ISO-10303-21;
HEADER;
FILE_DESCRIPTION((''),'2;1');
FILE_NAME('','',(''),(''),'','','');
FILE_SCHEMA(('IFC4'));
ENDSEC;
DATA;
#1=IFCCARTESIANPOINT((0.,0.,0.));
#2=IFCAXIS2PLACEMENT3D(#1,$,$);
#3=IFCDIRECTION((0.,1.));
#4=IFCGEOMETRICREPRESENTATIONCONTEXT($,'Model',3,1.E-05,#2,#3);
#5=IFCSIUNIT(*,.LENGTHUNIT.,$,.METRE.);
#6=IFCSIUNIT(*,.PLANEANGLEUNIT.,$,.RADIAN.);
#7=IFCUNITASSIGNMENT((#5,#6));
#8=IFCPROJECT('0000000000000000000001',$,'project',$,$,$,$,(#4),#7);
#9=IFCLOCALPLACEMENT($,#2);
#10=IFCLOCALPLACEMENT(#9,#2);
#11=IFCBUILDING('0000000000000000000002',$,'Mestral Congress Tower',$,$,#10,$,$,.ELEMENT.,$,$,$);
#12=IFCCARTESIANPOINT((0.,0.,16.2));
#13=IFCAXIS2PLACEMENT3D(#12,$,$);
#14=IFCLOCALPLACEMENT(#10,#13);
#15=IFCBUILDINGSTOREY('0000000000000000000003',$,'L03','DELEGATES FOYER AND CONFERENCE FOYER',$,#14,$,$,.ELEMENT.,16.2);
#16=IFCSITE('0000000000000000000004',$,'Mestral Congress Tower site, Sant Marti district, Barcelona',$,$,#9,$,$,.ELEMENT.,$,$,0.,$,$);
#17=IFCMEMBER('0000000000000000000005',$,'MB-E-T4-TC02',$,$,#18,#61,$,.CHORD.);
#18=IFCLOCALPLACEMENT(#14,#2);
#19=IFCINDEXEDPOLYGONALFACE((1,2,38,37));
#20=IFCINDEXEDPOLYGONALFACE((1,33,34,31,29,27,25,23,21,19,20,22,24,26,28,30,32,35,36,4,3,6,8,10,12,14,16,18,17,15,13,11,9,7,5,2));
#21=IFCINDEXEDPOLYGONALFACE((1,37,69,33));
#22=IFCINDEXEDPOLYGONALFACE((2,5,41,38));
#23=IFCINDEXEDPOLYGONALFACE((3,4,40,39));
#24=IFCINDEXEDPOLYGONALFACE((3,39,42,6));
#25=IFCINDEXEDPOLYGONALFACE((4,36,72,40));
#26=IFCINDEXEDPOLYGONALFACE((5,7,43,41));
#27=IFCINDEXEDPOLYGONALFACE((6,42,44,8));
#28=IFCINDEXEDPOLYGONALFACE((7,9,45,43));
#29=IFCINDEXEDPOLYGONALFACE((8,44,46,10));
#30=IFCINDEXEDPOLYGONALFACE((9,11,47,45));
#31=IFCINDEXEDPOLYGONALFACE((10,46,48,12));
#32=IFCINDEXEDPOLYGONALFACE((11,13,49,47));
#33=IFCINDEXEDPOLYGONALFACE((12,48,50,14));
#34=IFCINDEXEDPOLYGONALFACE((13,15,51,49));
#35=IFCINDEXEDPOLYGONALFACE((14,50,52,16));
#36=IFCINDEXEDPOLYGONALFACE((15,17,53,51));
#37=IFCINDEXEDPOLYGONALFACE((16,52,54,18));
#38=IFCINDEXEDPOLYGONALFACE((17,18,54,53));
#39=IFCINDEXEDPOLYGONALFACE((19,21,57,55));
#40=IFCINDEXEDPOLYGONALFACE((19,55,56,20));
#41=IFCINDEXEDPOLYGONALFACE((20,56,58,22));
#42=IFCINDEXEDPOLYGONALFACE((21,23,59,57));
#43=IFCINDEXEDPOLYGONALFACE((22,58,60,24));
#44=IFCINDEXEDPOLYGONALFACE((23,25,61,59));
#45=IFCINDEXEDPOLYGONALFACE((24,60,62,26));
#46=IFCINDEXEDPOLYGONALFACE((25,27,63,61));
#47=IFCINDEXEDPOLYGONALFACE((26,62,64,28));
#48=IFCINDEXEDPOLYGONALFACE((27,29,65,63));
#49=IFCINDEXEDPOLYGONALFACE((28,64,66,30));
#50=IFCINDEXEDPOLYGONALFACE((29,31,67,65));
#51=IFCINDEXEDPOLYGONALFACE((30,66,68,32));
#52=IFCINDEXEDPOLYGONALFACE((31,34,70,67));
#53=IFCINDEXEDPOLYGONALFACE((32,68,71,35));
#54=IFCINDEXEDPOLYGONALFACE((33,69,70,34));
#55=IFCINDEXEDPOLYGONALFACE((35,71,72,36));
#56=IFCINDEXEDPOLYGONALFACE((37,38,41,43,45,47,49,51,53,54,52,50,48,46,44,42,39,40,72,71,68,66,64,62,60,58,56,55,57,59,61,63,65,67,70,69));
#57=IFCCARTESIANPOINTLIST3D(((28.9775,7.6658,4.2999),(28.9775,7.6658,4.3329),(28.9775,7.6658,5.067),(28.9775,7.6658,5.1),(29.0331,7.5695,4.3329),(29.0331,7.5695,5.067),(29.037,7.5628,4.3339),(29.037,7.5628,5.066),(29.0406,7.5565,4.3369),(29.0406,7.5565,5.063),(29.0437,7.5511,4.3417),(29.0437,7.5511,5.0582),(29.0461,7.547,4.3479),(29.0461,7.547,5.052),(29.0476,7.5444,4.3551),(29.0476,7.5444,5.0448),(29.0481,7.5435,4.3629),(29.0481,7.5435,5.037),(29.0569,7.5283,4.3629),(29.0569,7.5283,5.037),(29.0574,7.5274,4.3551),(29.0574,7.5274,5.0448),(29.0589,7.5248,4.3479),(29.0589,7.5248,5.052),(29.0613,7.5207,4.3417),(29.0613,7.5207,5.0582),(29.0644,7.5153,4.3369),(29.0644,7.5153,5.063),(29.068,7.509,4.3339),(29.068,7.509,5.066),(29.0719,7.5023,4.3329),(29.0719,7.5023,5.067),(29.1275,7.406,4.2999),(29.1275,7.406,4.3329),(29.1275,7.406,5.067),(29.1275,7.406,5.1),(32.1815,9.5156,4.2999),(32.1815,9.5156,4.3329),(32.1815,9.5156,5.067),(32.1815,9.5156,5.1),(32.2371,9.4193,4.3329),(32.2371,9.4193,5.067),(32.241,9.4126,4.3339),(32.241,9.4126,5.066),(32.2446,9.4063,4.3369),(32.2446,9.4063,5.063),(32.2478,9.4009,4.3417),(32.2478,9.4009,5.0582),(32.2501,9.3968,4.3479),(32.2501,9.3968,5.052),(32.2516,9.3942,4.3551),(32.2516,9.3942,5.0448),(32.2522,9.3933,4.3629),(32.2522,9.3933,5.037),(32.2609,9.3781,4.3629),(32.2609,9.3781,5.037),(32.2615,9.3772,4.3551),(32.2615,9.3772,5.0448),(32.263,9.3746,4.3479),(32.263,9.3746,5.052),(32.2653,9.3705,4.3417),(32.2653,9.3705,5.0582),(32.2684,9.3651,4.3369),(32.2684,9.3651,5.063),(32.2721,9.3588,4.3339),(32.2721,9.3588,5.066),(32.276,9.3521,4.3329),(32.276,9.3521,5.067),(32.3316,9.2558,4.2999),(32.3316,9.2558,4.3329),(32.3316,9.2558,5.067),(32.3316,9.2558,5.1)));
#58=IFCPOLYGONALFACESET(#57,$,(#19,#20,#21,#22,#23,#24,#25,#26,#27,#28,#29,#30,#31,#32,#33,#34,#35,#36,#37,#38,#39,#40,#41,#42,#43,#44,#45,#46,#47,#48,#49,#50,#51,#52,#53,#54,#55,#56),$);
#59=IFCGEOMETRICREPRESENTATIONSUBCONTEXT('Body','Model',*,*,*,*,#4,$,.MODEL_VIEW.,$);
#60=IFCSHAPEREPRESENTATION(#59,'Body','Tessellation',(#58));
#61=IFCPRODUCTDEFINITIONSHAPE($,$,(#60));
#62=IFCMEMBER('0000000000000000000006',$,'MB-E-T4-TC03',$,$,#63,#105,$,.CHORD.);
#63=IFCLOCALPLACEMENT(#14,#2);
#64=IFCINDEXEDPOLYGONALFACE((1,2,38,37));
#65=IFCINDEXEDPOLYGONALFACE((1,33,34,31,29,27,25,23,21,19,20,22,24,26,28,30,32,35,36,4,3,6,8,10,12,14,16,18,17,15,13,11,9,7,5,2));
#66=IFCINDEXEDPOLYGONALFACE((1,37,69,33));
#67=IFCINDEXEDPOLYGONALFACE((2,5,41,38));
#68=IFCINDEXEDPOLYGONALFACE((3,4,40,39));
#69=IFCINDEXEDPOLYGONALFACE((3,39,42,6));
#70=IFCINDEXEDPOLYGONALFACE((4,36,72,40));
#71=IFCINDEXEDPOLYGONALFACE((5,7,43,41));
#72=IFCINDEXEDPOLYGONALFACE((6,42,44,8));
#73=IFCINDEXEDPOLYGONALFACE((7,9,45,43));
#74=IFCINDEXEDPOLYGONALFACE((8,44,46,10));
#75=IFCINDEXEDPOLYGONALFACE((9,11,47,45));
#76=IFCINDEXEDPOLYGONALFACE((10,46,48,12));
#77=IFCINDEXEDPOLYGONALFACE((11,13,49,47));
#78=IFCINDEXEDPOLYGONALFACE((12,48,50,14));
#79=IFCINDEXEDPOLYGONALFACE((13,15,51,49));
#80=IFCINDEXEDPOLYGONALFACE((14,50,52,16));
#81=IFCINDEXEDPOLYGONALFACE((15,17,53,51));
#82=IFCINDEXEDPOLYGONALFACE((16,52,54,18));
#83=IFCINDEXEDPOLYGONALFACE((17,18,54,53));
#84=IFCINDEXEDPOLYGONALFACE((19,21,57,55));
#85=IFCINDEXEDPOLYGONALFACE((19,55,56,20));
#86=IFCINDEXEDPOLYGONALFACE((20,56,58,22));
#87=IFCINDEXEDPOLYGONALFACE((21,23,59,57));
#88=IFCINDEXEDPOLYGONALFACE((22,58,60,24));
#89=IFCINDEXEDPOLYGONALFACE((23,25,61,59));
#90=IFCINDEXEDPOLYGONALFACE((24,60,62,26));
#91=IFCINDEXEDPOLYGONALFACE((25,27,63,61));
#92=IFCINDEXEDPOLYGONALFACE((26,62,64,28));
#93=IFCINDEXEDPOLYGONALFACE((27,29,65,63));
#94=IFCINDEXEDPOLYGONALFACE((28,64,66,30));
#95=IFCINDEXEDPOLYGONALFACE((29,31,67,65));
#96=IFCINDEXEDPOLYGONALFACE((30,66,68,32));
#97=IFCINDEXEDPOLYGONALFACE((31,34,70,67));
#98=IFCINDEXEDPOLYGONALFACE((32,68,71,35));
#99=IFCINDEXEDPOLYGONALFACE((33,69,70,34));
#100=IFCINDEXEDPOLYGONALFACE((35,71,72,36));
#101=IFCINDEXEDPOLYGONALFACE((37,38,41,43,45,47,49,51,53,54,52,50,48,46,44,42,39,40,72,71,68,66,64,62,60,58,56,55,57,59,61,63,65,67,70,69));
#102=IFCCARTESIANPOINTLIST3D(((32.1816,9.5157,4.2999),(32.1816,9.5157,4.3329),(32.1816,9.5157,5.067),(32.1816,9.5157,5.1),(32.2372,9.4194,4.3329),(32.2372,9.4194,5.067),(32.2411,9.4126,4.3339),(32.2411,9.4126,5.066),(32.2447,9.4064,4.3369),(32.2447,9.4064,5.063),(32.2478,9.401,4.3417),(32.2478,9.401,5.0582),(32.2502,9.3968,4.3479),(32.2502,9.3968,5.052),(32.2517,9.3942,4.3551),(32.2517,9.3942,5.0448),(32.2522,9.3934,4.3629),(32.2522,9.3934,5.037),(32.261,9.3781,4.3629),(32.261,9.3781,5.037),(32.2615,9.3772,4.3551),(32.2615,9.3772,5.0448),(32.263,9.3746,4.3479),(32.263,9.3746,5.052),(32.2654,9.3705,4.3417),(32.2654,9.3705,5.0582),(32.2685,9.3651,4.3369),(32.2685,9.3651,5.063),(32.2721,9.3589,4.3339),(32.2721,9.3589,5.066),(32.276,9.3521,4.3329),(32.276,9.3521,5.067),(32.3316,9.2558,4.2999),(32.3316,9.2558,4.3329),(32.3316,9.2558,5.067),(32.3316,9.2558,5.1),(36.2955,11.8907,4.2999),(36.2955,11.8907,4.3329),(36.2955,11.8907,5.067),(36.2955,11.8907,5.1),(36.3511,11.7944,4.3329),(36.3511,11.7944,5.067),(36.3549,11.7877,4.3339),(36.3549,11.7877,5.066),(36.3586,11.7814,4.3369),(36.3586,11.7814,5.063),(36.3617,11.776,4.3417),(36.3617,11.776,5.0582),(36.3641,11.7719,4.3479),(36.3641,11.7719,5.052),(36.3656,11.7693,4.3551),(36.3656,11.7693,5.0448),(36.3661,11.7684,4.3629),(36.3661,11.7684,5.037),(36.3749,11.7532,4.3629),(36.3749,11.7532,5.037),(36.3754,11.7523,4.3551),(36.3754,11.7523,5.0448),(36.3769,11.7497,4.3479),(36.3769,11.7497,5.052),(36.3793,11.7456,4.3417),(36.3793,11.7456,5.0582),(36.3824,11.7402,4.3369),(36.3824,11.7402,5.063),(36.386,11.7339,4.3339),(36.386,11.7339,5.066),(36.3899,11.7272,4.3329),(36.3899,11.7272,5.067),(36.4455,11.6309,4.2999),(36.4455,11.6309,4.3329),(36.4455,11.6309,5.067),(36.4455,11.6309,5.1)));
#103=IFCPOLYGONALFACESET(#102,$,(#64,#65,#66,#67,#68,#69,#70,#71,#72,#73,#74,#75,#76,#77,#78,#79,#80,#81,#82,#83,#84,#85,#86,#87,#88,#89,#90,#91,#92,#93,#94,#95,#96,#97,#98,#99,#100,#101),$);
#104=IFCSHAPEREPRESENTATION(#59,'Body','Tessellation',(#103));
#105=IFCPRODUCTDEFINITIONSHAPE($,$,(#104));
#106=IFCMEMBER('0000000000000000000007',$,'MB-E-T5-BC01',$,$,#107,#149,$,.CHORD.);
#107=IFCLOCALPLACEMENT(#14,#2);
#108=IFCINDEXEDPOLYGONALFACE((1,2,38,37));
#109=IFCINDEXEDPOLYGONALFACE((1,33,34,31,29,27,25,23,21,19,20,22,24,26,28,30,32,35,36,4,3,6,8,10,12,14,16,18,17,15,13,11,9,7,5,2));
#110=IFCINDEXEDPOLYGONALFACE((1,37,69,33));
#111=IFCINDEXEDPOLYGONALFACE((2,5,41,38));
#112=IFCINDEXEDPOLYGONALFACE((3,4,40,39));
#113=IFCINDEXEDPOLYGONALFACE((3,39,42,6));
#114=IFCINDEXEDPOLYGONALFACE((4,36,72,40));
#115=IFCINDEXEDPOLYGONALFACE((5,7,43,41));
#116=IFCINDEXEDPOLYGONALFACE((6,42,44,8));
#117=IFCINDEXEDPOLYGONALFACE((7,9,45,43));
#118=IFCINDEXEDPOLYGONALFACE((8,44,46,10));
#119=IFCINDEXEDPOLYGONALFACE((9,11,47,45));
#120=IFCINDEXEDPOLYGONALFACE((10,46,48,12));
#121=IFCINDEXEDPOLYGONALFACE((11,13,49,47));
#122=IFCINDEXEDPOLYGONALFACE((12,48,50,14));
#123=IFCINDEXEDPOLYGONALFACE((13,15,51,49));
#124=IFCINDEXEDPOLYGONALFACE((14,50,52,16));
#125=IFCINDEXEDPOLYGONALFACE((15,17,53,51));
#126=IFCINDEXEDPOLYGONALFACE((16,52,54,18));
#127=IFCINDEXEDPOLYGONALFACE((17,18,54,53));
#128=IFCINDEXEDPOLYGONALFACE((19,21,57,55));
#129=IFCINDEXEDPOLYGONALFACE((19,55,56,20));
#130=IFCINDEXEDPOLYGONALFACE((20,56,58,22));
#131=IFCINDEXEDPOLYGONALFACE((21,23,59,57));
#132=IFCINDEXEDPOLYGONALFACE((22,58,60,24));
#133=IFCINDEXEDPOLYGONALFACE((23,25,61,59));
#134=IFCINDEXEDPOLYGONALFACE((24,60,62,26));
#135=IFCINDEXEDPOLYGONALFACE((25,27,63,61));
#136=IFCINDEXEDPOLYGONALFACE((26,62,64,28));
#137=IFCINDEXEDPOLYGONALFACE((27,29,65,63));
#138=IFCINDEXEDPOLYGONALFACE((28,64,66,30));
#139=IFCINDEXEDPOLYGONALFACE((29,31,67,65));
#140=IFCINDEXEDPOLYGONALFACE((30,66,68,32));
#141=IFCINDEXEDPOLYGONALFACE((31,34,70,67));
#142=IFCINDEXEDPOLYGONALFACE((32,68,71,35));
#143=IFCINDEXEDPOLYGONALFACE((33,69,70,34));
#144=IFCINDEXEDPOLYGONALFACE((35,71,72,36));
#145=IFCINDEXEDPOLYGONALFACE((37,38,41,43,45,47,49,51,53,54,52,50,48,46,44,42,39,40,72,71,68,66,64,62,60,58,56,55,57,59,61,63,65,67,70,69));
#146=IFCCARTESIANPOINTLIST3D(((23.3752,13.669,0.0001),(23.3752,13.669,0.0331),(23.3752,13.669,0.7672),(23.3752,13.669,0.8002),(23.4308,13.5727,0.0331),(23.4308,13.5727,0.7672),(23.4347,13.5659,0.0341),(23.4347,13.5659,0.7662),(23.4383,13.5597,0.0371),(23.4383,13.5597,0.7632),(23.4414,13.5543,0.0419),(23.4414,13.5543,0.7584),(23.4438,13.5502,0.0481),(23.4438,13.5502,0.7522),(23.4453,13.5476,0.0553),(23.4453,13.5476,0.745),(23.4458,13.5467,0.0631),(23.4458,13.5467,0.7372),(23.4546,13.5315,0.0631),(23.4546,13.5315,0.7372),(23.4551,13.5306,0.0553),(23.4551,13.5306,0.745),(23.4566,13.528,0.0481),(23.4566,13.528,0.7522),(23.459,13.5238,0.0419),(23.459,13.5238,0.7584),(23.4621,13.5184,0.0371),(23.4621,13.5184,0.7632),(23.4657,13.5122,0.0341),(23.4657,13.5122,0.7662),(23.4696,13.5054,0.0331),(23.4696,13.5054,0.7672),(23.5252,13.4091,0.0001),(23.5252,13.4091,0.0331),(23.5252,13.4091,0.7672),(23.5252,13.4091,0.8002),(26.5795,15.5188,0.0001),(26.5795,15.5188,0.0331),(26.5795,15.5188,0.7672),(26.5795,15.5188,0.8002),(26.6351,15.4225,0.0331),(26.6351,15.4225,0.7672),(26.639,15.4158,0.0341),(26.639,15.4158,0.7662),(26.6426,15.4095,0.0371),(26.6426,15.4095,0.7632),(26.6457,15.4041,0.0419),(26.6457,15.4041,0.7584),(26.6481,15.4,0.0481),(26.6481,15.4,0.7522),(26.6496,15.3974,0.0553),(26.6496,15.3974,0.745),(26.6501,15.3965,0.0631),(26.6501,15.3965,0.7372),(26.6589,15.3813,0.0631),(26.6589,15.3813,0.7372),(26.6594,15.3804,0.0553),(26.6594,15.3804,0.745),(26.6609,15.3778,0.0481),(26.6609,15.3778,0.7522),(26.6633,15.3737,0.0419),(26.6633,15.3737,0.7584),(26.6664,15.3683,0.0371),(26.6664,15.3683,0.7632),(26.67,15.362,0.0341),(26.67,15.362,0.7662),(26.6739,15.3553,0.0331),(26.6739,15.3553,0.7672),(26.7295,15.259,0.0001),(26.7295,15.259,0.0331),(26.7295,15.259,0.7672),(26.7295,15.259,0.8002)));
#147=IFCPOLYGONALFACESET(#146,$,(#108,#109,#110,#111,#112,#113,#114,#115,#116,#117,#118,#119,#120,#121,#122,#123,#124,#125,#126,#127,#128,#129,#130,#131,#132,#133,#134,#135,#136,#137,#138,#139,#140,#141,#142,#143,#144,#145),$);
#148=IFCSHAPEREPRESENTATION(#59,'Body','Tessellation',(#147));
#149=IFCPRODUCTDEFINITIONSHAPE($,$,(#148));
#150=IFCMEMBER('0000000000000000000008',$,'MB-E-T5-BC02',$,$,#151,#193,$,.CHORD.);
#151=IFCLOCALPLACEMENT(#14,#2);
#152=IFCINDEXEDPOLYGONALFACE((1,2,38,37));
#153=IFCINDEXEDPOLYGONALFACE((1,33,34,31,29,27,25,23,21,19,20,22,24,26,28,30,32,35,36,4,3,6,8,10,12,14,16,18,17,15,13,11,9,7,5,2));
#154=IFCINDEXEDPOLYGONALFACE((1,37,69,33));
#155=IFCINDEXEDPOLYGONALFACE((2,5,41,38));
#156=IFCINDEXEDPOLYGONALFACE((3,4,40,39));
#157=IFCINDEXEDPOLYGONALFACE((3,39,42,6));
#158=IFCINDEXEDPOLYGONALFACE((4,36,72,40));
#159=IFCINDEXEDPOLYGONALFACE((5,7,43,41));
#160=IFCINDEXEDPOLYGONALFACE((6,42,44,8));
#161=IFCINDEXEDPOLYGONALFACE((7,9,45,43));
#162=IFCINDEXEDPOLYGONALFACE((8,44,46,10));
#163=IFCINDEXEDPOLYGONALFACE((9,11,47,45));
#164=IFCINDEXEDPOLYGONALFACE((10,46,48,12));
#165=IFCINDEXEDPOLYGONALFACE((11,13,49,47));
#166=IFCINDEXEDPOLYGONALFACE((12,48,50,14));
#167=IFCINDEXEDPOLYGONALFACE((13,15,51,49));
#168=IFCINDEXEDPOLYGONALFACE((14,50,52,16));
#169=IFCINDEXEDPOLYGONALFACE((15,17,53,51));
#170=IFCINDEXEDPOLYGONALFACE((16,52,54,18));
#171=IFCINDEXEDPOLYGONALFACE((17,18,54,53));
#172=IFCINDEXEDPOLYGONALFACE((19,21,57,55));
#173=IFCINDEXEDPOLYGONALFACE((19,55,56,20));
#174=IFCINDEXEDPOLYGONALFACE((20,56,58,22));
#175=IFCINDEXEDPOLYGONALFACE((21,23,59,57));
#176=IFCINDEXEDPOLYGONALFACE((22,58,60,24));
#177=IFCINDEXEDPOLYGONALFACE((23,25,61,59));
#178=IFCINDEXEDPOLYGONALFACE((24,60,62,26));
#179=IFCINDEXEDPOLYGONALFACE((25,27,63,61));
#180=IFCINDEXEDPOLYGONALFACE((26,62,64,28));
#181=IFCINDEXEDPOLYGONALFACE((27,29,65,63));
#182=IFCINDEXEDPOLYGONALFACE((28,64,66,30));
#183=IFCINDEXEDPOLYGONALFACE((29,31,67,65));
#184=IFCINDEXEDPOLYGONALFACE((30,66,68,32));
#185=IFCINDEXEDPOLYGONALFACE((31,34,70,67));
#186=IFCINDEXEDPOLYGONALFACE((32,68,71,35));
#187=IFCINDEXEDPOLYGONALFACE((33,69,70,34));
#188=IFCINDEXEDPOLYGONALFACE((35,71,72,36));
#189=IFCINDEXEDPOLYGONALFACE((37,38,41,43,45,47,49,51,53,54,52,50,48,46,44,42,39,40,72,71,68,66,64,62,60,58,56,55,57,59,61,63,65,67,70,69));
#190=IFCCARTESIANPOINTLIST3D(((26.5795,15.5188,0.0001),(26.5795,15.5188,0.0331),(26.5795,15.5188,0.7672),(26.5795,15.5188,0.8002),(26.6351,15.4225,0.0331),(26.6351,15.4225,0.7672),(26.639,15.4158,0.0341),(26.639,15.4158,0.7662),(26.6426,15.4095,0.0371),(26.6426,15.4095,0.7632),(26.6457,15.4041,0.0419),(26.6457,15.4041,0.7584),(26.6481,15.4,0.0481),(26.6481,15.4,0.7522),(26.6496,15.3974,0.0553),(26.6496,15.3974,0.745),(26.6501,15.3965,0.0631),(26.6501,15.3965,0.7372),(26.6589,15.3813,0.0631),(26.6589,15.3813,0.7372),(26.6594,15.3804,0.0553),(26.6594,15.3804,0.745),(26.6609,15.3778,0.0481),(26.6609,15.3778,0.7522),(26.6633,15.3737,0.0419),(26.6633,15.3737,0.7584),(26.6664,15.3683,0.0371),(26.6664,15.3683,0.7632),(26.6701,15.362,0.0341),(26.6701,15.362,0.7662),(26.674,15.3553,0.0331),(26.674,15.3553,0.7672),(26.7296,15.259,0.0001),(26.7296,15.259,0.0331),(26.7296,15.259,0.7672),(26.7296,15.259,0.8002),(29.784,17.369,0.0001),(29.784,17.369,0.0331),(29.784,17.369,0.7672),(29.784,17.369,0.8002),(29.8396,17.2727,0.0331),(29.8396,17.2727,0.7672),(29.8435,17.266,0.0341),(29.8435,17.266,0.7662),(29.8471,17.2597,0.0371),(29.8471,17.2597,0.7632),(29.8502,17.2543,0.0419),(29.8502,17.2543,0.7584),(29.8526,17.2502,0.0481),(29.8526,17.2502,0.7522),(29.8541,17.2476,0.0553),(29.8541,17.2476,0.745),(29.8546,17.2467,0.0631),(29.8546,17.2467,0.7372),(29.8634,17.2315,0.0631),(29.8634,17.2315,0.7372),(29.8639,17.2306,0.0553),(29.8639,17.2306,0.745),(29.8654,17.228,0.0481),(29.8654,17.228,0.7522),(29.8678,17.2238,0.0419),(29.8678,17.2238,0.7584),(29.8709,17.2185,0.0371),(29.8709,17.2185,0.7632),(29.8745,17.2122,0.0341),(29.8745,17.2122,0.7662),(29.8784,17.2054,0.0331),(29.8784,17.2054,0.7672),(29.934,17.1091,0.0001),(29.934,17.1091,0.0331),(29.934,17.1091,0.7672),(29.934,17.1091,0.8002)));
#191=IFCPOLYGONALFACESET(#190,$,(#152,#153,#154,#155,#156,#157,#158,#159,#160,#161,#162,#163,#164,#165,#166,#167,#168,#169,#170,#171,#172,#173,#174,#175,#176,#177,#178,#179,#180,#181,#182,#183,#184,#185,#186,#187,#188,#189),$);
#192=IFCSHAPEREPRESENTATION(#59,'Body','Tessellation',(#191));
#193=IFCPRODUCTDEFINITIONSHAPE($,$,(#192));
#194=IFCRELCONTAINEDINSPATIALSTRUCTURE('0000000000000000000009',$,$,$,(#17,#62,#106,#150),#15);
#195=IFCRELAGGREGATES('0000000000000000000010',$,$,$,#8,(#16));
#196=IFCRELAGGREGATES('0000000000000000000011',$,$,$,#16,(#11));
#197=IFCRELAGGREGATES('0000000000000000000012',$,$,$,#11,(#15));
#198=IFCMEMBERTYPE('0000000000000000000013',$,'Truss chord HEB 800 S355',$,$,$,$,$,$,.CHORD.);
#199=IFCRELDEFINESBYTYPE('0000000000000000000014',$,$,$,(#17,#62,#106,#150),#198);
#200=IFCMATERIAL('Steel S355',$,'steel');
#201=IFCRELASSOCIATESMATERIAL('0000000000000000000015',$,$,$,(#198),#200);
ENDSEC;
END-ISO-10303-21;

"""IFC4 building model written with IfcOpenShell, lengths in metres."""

from ifc_helpers import new_model, si_unit, direction, frame, origin, origin_2d, place, context, subcontext, project, spatial, i_section, extrude, material, material_profile, profile_set, type_object, element, save


model = new_model("IFC4")

# Units and contexts
model_context = context("Model", 3, precision=1e-05, world=origin(), true_north=direction((0.0, 1.0)))
body_context = subcontext(model_context, "Body", "Model", "MODEL_VIEW")
ifc_project = project(units=[si_unit("LENGTHUNIT", "METRE"), si_unit("PLANEANGLEUNIT", "RADIAN")], contexts=[model_context])

# Site, building, storey
site_placement = place(None, origin())
site = spatial("IfcSite", under=ifc_project, at=site_placement, Name="Mestral Congress Tower site, Sant Marti district, Barcelona", CompositionType="ELEMENT", RefElevation=0.0)
building_placement = place(site_placement, origin())
building = spatial("IfcBuilding", under=site, at=building_placement, Name="Mestral Congress Tower", CompositionType="ELEMENT")
storey_placement = place(building_placement, frame((0.0, 0.0, 16.2)))
storey = spatial("IfcBuildingStorey", under=building, at=storey_placement, Name="L03", Description="DELEGATES FOYER AND CONFERENCE FOYER", CompositionType="ELEMENT", Elevation=16.2)

# Members
ifc_material_1 = material(Name="Steel S355", Category="steel")
ifc_material_profile_1 = material_profile(ifc_material_1, i_section(OverallWidth=0.3, OverallDepth=0.8, WebThickness=0.0176, FlangeThickness=0.033, FilletRadius=0.03, at=origin_2d()), Name="HEB 800")
ifc_profile_set_1 = profile_set([ifc_material_profile_1], Name="Steel S355")
member_type_1 = type_object("IfcMemberType", Name="Truss chord HEB 800 S355", PredefinedType="CHORD", material=ifc_profile_set_1)
member_1_placement = place(storey_placement, frame((29.0525, 7.5359, 4.7), z_axis=(0.86603, 0.499993, 0.0), x_axis=(-0.499993, 0.86603, 0.0)))
element("IfcMember", 1, at=member_1_placement, inside=storey, type_object=member_type_1, Name="MB-E-T4-TC02", PredefinedType="CHORD", context=body_context, shape_type="SweptSolid", body=[
    extrude(i_section(OverallWidth=0.3, OverallDepth=0.8, WebThickness=0.0176, FlangeThickness=0.033, FilletRadius=0.03, at=origin_2d()), origin(), (0.0, 0.0, 1.0), 3.6997),
])
member_2_placement = place(storey_placement, frame((32.2566, 9.3857, 4.7), z_axis=(0.866033, 0.499986, 0.0), x_axis=(-0.499986, 0.866033, 0.0)))
element("IfcMember", 2, at=member_2_placement, inside=storey, type_object=member_type_1, Name="MB-E-T4-TC03", PredefinedType="CHORD", context=body_context, shape_type="SweptSolid", body=[
    extrude(i_section(OverallWidth=0.3, OverallDepth=0.8, WebThickness=0.0176, FlangeThickness=0.033, FilletRadius=0.03, at=origin_2d()), origin(), (0.0, 0.0, 1.0), 4.7502),
])
member_3_placement = place(storey_placement, frame((23.4502, 13.5391, 0.4001), z_axis=(0.866046, 0.499964, 0.0), x_axis=(-0.499964, 0.866046, 0.0)))
element("IfcMember", 3, at=member_3_placement, inside=storey, type_object=member_type_1, Name="MB-E-T5-BC01", PredefinedType="CHORD", context=body_context, shape_type="SweptSolid", body=[
    extrude(i_section(OverallWidth=0.3, OverallDepth=0.8, WebThickness=0.0176, FlangeThickness=0.033, FilletRadius=0.03, at=origin_2d()), origin(), (0.0, 0.0, 1.0), 3.7),
])
member_4_placement = place(storey_placement, frame((26.6545, 15.3889, 0.4001), z_axis=(0.866017, 0.500014, 0.0), x_axis=(-0.500014, 0.866017, 0.0)))
element("IfcMember", 4, at=member_4_placement, inside=storey, type_object=member_type_1, Name="MB-E-T5-BC02", PredefinedType="CHORD", context=body_context, shape_type="SweptSolid", body=[
    extrude(i_section(OverallWidth=0.3, OverallDepth=0.8, WebThickness=0.0176, FlangeThickness=0.033, FilletRadius=0.03, at=origin_2d()), origin(), (0.0, 0.0, 1.0), 3.7002),
])

save(model, "model.ifc")
